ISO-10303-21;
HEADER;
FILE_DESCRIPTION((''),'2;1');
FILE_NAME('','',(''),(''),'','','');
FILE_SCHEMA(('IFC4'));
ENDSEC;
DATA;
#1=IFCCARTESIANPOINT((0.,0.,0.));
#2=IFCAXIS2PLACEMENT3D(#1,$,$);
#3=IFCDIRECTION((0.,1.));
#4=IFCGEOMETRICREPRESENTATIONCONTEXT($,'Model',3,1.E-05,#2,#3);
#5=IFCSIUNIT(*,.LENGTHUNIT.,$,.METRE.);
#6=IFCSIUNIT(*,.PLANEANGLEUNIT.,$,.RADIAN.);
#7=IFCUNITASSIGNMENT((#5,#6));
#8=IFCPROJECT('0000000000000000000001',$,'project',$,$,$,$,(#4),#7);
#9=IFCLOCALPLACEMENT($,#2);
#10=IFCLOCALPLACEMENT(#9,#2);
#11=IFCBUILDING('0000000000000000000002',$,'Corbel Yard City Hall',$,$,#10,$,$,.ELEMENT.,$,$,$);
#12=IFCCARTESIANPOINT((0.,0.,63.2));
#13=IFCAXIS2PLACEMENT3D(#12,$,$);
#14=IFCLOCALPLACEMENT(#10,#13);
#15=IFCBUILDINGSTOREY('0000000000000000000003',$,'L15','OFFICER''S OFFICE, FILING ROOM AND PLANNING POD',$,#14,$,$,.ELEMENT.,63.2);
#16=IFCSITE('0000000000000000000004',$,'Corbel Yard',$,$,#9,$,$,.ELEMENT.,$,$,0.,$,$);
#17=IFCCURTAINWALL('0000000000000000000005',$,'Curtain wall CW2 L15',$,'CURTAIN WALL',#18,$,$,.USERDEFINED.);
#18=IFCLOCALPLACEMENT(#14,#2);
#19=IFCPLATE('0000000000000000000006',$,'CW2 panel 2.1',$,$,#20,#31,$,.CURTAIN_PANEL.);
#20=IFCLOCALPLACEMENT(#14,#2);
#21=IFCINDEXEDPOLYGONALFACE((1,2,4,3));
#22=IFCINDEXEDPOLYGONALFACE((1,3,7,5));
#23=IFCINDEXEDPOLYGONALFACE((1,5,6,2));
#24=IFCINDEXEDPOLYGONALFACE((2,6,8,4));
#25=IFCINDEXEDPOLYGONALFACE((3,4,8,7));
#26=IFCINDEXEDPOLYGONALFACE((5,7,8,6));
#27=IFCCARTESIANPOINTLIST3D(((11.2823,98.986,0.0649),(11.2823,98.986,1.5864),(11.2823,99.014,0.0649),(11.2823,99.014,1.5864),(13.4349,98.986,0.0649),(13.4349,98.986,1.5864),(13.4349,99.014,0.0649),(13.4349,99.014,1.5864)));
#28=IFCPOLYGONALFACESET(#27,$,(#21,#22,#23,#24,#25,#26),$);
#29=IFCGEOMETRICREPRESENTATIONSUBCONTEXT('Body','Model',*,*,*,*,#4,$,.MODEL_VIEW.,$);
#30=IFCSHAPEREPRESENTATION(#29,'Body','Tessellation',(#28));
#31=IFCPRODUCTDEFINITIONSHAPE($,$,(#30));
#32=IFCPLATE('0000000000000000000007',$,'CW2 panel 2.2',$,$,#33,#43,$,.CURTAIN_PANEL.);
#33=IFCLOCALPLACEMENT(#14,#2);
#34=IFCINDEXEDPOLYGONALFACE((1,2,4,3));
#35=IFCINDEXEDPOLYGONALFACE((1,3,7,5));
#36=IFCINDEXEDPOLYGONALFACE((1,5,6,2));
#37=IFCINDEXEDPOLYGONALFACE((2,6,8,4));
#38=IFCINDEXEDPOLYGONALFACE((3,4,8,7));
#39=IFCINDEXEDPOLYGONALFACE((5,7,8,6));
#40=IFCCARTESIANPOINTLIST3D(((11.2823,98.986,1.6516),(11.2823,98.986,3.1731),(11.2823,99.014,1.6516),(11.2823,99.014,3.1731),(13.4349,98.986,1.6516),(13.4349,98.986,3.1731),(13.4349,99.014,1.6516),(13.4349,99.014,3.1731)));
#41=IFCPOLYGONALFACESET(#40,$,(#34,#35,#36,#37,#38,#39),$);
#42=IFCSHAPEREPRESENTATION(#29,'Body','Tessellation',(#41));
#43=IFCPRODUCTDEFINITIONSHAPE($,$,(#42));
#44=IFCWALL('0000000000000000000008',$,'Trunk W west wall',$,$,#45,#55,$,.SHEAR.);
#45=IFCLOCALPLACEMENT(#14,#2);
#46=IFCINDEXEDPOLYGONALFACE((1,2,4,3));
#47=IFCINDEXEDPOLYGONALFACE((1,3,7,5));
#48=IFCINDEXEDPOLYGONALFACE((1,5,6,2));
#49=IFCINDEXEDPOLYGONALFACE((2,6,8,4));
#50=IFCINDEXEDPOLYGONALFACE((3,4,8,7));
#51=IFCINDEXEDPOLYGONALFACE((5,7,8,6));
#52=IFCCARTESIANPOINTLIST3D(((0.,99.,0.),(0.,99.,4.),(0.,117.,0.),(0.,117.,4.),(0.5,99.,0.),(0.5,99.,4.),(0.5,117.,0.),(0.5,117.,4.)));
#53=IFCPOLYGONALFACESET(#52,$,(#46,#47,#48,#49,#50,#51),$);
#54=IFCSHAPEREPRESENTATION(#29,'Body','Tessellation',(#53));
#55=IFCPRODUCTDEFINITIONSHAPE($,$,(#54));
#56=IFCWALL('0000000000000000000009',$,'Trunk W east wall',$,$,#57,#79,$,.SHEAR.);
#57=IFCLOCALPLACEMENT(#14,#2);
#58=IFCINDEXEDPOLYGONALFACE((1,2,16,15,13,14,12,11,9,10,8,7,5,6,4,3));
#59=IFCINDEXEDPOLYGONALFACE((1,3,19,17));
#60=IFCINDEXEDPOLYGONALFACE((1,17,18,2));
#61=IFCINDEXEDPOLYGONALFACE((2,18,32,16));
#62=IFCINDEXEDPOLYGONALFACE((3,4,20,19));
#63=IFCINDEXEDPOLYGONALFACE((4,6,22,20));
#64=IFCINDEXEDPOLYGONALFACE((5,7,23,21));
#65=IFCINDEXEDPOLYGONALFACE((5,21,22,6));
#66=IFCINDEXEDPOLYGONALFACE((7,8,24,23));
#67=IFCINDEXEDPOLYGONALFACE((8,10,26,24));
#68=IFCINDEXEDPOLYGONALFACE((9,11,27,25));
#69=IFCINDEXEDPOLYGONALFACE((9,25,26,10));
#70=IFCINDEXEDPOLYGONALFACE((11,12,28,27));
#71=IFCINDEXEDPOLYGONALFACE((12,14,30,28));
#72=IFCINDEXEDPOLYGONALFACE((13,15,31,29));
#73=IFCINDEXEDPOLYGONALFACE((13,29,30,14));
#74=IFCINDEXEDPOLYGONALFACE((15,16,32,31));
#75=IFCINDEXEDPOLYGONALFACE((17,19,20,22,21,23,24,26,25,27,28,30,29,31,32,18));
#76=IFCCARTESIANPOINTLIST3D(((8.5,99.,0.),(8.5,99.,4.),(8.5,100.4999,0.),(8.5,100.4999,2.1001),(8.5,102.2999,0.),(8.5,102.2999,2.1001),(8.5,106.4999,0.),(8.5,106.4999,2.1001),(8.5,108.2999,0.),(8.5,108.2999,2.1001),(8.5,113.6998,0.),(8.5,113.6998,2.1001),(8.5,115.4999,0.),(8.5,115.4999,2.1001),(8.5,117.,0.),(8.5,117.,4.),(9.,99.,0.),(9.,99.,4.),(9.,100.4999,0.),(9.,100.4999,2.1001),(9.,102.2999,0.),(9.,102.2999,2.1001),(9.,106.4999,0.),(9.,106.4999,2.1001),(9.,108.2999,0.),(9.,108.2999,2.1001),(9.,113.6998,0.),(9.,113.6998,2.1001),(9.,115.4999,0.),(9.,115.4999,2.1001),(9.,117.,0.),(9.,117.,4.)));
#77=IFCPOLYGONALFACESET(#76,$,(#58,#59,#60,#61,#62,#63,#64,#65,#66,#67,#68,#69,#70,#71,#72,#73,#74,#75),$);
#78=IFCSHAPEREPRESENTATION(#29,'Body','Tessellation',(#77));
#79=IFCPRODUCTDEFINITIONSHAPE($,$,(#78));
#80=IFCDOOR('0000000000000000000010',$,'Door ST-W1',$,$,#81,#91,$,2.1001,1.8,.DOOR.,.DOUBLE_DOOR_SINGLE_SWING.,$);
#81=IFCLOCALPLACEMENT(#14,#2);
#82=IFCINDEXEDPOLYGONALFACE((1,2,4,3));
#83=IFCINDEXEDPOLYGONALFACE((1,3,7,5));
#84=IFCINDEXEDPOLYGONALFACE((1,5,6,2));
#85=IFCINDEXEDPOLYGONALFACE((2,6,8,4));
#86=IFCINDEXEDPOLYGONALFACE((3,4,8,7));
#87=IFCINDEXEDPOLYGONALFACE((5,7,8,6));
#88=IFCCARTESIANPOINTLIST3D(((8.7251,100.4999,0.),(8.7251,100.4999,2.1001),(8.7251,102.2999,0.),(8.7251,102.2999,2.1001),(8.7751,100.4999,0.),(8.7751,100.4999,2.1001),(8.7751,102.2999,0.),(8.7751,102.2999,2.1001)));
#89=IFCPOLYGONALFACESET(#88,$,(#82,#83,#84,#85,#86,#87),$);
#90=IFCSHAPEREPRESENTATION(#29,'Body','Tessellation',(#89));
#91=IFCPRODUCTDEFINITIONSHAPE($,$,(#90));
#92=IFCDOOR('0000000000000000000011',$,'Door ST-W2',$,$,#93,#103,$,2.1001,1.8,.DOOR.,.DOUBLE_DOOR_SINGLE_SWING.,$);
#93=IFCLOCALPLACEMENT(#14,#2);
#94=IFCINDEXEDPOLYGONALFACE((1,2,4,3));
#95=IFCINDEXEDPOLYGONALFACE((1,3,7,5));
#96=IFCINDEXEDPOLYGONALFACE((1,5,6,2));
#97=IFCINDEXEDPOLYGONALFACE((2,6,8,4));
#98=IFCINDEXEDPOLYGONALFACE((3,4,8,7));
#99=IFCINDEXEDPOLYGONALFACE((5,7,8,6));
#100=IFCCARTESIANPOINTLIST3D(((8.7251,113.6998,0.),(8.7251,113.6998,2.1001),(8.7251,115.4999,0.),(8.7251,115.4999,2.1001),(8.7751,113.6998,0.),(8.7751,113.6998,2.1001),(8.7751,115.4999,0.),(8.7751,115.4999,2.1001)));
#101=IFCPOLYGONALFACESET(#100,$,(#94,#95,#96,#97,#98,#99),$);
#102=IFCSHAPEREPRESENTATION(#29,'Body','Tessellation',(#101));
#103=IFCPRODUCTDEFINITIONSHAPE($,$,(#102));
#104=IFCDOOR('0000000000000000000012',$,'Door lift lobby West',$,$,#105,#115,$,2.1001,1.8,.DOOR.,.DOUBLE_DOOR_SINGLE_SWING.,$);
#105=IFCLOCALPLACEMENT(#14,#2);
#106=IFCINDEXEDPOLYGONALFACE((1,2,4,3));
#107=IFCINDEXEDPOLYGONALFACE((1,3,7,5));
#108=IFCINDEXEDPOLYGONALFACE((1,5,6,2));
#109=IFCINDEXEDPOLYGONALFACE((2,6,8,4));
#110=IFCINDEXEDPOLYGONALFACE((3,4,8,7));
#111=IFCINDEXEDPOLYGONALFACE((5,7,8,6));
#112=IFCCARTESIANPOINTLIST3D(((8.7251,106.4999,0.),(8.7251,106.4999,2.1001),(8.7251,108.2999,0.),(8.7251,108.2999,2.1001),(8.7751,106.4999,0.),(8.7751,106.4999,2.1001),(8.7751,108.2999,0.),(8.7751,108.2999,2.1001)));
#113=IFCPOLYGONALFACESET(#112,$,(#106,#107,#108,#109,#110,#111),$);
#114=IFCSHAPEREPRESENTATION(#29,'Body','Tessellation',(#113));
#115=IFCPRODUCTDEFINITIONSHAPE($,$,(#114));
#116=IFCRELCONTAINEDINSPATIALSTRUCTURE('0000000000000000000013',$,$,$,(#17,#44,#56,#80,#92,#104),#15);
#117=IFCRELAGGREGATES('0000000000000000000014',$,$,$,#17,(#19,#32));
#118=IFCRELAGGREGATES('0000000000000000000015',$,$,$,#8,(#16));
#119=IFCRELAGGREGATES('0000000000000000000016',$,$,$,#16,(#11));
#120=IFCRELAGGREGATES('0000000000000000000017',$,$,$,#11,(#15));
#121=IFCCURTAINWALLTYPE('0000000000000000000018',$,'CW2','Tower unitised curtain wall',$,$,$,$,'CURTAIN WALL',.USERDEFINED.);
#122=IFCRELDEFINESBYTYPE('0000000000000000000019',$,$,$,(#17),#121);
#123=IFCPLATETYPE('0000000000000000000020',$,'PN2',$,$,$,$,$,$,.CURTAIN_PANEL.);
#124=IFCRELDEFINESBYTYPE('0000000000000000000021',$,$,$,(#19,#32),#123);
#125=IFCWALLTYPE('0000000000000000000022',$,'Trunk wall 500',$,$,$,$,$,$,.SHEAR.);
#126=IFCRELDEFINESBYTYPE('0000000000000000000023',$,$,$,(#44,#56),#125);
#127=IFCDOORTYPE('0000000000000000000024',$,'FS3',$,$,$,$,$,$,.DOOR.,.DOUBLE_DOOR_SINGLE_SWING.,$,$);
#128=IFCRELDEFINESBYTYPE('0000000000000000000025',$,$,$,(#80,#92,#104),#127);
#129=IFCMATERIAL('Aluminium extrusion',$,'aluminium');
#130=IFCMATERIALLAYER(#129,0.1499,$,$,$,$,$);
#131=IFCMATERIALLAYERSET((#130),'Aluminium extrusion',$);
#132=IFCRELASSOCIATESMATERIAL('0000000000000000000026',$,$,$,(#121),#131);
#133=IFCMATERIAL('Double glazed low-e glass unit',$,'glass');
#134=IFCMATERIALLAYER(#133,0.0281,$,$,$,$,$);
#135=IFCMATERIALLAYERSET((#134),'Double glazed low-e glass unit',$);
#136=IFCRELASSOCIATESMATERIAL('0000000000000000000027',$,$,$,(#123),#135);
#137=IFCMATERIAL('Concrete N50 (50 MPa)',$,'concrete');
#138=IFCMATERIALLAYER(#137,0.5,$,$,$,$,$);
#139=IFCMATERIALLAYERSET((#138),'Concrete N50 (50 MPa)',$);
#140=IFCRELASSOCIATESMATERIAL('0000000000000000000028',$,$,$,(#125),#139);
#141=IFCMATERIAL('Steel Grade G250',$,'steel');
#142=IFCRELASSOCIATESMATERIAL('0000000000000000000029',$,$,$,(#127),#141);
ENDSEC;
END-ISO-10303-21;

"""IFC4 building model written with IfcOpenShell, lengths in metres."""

from ifc_helpers import new_model, si_unit, direction, frame, frame_2d, origin, origin_2d, place, context, subcontext, project, spatial, rectangle, extrude, material, layer, layer_set, type_object, element, fill, aggregate, save


model = new_model("IFC4")

# Units and contexts
model_context = context("Model", 3, precision=1e-05, world=origin(), true_north=direction((0.0, 1.0)))
body_context = subcontext(model_context, "Body", "Model", "MODEL_VIEW")
ifc_project = project(units=[si_unit("LENGTHUNIT", "METRE"), si_unit("PLANEANGLEUNIT", "RADIAN")], contexts=[model_context])

# Site, building, storey
site_placement = place(None, origin())
site = spatial("IfcSite", under=ifc_project, at=site_placement, Name="Corbel Yard", CompositionType="ELEMENT", RefElevation=0.0)
building_placement = place(site_placement, origin())
building = spatial("IfcBuilding", under=site, at=building_placement, Name="Corbel Yard City Hall", CompositionType="ELEMENT")
storey_placement = place(building_placement, frame((0.0, 0.0, 63.2)))
storey = spatial("IfcBuildingStorey", under=building, at=storey_placement, Name="L15", Description="OFFICER'S OFFICE, FILING ROOM AND PLANNING POD", CompositionType="ELEMENT", Elevation=63.2)

# Curtain wall, plates
ifc_material_1 = material(Name="Aluminium extrusion", Category="aluminium")
ifc_layer_1 = layer(ifc_material_1, 0.1499)
ifc_layer_set_1 = layer_set([ifc_layer_1], Name="Aluminium extrusion")
curtain_wall_type = type_object("IfcCurtainWallType", Name="CW2", Description="Tower unitised curtain wall", ElementType="CURTAIN WALL", PredefinedType="USERDEFINED", material=ifc_layer_set_1)
curtain_wall_placement = place(storey_placement, origin())
curtain_wall = element("IfcCurtainWall", 1, at=curtain_wall_placement, inside=storey, type_object=curtain_wall_type, Name="Curtain wall CW2 L15", ObjectType="CURTAIN WALL", PredefinedType="USERDEFINED")
ifc_material_2 = material(Name="Double glazed low-e glass unit", Category="glass")
ifc_layer_2 = layer(ifc_material_2, 0.0281)
ifc_layer_set_2 = layer_set([ifc_layer_2], Name="Double glazed low-e glass unit")
plate_type = type_object("IfcPlateType", Name="PN2", PredefinedType="CURTAIN_PANEL", material=ifc_layer_set_2)
plate_1_placement = place(storey_placement, frame((12.3586, 99.0, 0.0649), z_axis=(0.0, 0.0, 1.0), x_axis=(1.0, 0.0, 0.0)))
plate_1 = element("IfcPlate", 2, at=plate_1_placement, type_object=plate_type, Name="CW2 panel 2.1", PredefinedType="CURTAIN_PANEL", context=body_context, shape_type="SweptSolid", body=[
    extrude(rectangle(XDim=2.1526, YDim=0.0281, at=origin_2d()), origin(), (0.0, 0.0, 1.0), 1.5215),
])
plate_2_placement = place(storey_placement, frame((12.3586, 99.0, 1.6516), z_axis=(0.0, 0.0, 1.0), x_axis=(1.0, 0.0, 0.0)))
plate_2 = element("IfcPlate", 3, at=plate_2_placement, type_object=plate_type, Name="CW2 panel 2.2", PredefinedType="CURTAIN_PANEL", context=body_context, shape_type="SweptSolid", body=[
    extrude(rectangle(XDim=2.1526, YDim=0.0281, at=origin_2d()), origin(), (0.0, 0.0, 1.0), 1.5215),
])
aggregate(curtain_wall, [plate_1, plate_2])

# Wall
ifc_material_3 = material(Name="Concrete N50 (50 MPa)", Category="concrete")
ifc_layer_3 = layer(ifc_material_3, 0.5)
ifc_layer_set_3 = layer_set([ifc_layer_3], Name="Concrete N50 (50 MPa)")
wall_type = type_object("IfcWallType", Name="Trunk wall 500", PredefinedType="SHEAR", material=ifc_layer_set_3)
wall_1_placement = place(storey_placement, frame((0.25, 99.0, 0.0), z_axis=(0.0, 0.0, 1.0), x_axis=(0.0, 1.0, 0.0)))
element("IfcWall", 4, at=wall_1_placement, inside=storey, type_object=wall_type, Name="Trunk W west wall", PredefinedType="SHEAR", context=body_context, shape_type="SweptSolid", body=[
    extrude(rectangle(XDim=18.0, YDim=0.5, at=frame_2d((9.0, 0.0))), origin(), (0.0, 0.0, 1.0), 4.0),
])

# Wall, openings, doors
wall_2_placement = place(storey_placement, frame((8.75, 99.0, 0.0), z_axis=(0.0, 0.0, 1.0), x_axis=(0.0, 1.0, 0.0)))
wall_2 = element("IfcWall", 5, at=wall_2_placement, inside=storey, type_object=wall_type, Name="Trunk W east wall", PredefinedType="SHEAR", context=body_context, shape_type="SweptSolid", body=[
    extrude(rectangle(XDim=18.0, YDim=0.5, at=frame_2d((9.0, 0.0))), origin(), (0.0, 0.0, 1.0), 4.0),
])
opening_1_placement = place(wall_2_placement, frame((1.5, 0.0, 0.0)))
opening_1 = element("IfcOpeningElement", 6, at=opening_1_placement, cuts=wall_2, PredefinedType="OPENING", context=body_context, shape_type="SweptSolid", body=[
    extrude(rectangle(XDim=1.8, YDim=2.1001, at=frame_2d((0.8999, 1.05))), frame((0.0, 0.26, 0.0), z_axis=(0.0, -1.0, 0.0), x_axis=(1.0, 0.0, 0.0)), (0.0, 0.0, 1.0), 0.52),
])
opening_2_placement = place(wall_2_placement, frame((14.7, 0.0, 0.0)))
opening_2 = element("IfcOpeningElement", 7, at=opening_2_placement, cuts=wall_2, PredefinedType="OPENING", context=body_context, shape_type="SweptSolid", body=[
    extrude(rectangle(XDim=1.8, YDim=2.1001, at=frame_2d((0.8999, 1.05))), frame((0.0, 0.26, 0.0), z_axis=(0.0, -1.0, 0.0), x_axis=(1.0, 0.0, 0.0)), (0.0, 0.0, 1.0), 0.52),
])
opening_3_placement = place(wall_2_placement, frame((7.5, 0.0, 0.0)))
opening_3 = element("IfcOpeningElement", 8, at=opening_3_placement, cuts=wall_2, PredefinedType="OPENING", context=body_context, shape_type="SweptSolid", body=[
    extrude(rectangle(XDim=1.8, YDim=2.1001, at=frame_2d((0.8999, 1.05))), frame((0.0, 0.26, 0.0), z_axis=(0.0, -1.0, 0.0), x_axis=(1.0, 0.0, 0.0)), (0.0, 0.0, 1.0), 0.52),
])
ifc_material_4 = material(Name="Steel Grade G250", Category="steel")
door_type = type_object("IfcDoorType", Name="FS3", OperationType="DOUBLE_DOOR_SINGLE_SWING", PredefinedType="DOOR", material=ifc_material_4)
door_1_placement = place(opening_1_placement, origin())
door_1 = element("IfcDoor", 9, at=door_1_placement, inside=storey, type_object=door_type, Name="Door ST-W1", OperationType="DOUBLE_DOOR_SINGLE_SWING", OverallHeight=2.1001, OverallWidth=1.8, PredefinedType="DOOR", context=body_context, shape_type="SweptSolid", body=[
    extrude(rectangle(XDim=1.8, YDim=2.1001, at=frame_2d((0.8999, 1.05))), frame((0.0, 0.0249, 0.0), z_axis=(0.0, -1.0, 0.0), x_axis=(1.0, 0.0, 0.0)), (0.0, 0.0, 1.0), 0.05),
])
fill(opening_1, door_1)
door_2_placement = place(opening_2_placement, origin())
door_2 = element("IfcDoor", 10, at=door_2_placement, inside=storey, type_object=door_type, Name="Door ST-W2", OperationType="DOUBLE_DOOR_SINGLE_SWING", OverallHeight=2.1001, OverallWidth=1.8, PredefinedType="DOOR", context=body_context, shape_type="SweptSolid", body=[
    extrude(rectangle(XDim=1.8, YDim=2.1001, at=frame_2d((0.8999, 1.05))), frame((0.0, 0.0249, 0.0), z_axis=(0.0, -1.0, 0.0), x_axis=(1.0, 0.0, 0.0)), (0.0, 0.0, 1.0), 0.05),
])
fill(opening_2, door_2)
door_3_placement = place(opening_3_placement, origin())
door_3 = element("IfcDoor", 11, at=door_3_placement, inside=storey, type_object=door_type, Name="Door lift lobby West", OperationType="DOUBLE_DOOR_SINGLE_SWING", OverallHeight=2.1001, OverallWidth=1.8, PredefinedType="DOOR", context=body_context, shape_type="SweptSolid", body=[
    extrude(rectangle(XDim=1.8, YDim=2.1001, at=frame_2d((0.8999, 1.05))), frame((0.0, 0.0249, 0.0), z_axis=(0.0, -1.0, 0.0), x_axis=(1.0, 0.0, 0.0)), (0.0, 0.0, 1.0), 0.05),
])
fill(opening_3, door_3)

save(model, "model.ifc")
